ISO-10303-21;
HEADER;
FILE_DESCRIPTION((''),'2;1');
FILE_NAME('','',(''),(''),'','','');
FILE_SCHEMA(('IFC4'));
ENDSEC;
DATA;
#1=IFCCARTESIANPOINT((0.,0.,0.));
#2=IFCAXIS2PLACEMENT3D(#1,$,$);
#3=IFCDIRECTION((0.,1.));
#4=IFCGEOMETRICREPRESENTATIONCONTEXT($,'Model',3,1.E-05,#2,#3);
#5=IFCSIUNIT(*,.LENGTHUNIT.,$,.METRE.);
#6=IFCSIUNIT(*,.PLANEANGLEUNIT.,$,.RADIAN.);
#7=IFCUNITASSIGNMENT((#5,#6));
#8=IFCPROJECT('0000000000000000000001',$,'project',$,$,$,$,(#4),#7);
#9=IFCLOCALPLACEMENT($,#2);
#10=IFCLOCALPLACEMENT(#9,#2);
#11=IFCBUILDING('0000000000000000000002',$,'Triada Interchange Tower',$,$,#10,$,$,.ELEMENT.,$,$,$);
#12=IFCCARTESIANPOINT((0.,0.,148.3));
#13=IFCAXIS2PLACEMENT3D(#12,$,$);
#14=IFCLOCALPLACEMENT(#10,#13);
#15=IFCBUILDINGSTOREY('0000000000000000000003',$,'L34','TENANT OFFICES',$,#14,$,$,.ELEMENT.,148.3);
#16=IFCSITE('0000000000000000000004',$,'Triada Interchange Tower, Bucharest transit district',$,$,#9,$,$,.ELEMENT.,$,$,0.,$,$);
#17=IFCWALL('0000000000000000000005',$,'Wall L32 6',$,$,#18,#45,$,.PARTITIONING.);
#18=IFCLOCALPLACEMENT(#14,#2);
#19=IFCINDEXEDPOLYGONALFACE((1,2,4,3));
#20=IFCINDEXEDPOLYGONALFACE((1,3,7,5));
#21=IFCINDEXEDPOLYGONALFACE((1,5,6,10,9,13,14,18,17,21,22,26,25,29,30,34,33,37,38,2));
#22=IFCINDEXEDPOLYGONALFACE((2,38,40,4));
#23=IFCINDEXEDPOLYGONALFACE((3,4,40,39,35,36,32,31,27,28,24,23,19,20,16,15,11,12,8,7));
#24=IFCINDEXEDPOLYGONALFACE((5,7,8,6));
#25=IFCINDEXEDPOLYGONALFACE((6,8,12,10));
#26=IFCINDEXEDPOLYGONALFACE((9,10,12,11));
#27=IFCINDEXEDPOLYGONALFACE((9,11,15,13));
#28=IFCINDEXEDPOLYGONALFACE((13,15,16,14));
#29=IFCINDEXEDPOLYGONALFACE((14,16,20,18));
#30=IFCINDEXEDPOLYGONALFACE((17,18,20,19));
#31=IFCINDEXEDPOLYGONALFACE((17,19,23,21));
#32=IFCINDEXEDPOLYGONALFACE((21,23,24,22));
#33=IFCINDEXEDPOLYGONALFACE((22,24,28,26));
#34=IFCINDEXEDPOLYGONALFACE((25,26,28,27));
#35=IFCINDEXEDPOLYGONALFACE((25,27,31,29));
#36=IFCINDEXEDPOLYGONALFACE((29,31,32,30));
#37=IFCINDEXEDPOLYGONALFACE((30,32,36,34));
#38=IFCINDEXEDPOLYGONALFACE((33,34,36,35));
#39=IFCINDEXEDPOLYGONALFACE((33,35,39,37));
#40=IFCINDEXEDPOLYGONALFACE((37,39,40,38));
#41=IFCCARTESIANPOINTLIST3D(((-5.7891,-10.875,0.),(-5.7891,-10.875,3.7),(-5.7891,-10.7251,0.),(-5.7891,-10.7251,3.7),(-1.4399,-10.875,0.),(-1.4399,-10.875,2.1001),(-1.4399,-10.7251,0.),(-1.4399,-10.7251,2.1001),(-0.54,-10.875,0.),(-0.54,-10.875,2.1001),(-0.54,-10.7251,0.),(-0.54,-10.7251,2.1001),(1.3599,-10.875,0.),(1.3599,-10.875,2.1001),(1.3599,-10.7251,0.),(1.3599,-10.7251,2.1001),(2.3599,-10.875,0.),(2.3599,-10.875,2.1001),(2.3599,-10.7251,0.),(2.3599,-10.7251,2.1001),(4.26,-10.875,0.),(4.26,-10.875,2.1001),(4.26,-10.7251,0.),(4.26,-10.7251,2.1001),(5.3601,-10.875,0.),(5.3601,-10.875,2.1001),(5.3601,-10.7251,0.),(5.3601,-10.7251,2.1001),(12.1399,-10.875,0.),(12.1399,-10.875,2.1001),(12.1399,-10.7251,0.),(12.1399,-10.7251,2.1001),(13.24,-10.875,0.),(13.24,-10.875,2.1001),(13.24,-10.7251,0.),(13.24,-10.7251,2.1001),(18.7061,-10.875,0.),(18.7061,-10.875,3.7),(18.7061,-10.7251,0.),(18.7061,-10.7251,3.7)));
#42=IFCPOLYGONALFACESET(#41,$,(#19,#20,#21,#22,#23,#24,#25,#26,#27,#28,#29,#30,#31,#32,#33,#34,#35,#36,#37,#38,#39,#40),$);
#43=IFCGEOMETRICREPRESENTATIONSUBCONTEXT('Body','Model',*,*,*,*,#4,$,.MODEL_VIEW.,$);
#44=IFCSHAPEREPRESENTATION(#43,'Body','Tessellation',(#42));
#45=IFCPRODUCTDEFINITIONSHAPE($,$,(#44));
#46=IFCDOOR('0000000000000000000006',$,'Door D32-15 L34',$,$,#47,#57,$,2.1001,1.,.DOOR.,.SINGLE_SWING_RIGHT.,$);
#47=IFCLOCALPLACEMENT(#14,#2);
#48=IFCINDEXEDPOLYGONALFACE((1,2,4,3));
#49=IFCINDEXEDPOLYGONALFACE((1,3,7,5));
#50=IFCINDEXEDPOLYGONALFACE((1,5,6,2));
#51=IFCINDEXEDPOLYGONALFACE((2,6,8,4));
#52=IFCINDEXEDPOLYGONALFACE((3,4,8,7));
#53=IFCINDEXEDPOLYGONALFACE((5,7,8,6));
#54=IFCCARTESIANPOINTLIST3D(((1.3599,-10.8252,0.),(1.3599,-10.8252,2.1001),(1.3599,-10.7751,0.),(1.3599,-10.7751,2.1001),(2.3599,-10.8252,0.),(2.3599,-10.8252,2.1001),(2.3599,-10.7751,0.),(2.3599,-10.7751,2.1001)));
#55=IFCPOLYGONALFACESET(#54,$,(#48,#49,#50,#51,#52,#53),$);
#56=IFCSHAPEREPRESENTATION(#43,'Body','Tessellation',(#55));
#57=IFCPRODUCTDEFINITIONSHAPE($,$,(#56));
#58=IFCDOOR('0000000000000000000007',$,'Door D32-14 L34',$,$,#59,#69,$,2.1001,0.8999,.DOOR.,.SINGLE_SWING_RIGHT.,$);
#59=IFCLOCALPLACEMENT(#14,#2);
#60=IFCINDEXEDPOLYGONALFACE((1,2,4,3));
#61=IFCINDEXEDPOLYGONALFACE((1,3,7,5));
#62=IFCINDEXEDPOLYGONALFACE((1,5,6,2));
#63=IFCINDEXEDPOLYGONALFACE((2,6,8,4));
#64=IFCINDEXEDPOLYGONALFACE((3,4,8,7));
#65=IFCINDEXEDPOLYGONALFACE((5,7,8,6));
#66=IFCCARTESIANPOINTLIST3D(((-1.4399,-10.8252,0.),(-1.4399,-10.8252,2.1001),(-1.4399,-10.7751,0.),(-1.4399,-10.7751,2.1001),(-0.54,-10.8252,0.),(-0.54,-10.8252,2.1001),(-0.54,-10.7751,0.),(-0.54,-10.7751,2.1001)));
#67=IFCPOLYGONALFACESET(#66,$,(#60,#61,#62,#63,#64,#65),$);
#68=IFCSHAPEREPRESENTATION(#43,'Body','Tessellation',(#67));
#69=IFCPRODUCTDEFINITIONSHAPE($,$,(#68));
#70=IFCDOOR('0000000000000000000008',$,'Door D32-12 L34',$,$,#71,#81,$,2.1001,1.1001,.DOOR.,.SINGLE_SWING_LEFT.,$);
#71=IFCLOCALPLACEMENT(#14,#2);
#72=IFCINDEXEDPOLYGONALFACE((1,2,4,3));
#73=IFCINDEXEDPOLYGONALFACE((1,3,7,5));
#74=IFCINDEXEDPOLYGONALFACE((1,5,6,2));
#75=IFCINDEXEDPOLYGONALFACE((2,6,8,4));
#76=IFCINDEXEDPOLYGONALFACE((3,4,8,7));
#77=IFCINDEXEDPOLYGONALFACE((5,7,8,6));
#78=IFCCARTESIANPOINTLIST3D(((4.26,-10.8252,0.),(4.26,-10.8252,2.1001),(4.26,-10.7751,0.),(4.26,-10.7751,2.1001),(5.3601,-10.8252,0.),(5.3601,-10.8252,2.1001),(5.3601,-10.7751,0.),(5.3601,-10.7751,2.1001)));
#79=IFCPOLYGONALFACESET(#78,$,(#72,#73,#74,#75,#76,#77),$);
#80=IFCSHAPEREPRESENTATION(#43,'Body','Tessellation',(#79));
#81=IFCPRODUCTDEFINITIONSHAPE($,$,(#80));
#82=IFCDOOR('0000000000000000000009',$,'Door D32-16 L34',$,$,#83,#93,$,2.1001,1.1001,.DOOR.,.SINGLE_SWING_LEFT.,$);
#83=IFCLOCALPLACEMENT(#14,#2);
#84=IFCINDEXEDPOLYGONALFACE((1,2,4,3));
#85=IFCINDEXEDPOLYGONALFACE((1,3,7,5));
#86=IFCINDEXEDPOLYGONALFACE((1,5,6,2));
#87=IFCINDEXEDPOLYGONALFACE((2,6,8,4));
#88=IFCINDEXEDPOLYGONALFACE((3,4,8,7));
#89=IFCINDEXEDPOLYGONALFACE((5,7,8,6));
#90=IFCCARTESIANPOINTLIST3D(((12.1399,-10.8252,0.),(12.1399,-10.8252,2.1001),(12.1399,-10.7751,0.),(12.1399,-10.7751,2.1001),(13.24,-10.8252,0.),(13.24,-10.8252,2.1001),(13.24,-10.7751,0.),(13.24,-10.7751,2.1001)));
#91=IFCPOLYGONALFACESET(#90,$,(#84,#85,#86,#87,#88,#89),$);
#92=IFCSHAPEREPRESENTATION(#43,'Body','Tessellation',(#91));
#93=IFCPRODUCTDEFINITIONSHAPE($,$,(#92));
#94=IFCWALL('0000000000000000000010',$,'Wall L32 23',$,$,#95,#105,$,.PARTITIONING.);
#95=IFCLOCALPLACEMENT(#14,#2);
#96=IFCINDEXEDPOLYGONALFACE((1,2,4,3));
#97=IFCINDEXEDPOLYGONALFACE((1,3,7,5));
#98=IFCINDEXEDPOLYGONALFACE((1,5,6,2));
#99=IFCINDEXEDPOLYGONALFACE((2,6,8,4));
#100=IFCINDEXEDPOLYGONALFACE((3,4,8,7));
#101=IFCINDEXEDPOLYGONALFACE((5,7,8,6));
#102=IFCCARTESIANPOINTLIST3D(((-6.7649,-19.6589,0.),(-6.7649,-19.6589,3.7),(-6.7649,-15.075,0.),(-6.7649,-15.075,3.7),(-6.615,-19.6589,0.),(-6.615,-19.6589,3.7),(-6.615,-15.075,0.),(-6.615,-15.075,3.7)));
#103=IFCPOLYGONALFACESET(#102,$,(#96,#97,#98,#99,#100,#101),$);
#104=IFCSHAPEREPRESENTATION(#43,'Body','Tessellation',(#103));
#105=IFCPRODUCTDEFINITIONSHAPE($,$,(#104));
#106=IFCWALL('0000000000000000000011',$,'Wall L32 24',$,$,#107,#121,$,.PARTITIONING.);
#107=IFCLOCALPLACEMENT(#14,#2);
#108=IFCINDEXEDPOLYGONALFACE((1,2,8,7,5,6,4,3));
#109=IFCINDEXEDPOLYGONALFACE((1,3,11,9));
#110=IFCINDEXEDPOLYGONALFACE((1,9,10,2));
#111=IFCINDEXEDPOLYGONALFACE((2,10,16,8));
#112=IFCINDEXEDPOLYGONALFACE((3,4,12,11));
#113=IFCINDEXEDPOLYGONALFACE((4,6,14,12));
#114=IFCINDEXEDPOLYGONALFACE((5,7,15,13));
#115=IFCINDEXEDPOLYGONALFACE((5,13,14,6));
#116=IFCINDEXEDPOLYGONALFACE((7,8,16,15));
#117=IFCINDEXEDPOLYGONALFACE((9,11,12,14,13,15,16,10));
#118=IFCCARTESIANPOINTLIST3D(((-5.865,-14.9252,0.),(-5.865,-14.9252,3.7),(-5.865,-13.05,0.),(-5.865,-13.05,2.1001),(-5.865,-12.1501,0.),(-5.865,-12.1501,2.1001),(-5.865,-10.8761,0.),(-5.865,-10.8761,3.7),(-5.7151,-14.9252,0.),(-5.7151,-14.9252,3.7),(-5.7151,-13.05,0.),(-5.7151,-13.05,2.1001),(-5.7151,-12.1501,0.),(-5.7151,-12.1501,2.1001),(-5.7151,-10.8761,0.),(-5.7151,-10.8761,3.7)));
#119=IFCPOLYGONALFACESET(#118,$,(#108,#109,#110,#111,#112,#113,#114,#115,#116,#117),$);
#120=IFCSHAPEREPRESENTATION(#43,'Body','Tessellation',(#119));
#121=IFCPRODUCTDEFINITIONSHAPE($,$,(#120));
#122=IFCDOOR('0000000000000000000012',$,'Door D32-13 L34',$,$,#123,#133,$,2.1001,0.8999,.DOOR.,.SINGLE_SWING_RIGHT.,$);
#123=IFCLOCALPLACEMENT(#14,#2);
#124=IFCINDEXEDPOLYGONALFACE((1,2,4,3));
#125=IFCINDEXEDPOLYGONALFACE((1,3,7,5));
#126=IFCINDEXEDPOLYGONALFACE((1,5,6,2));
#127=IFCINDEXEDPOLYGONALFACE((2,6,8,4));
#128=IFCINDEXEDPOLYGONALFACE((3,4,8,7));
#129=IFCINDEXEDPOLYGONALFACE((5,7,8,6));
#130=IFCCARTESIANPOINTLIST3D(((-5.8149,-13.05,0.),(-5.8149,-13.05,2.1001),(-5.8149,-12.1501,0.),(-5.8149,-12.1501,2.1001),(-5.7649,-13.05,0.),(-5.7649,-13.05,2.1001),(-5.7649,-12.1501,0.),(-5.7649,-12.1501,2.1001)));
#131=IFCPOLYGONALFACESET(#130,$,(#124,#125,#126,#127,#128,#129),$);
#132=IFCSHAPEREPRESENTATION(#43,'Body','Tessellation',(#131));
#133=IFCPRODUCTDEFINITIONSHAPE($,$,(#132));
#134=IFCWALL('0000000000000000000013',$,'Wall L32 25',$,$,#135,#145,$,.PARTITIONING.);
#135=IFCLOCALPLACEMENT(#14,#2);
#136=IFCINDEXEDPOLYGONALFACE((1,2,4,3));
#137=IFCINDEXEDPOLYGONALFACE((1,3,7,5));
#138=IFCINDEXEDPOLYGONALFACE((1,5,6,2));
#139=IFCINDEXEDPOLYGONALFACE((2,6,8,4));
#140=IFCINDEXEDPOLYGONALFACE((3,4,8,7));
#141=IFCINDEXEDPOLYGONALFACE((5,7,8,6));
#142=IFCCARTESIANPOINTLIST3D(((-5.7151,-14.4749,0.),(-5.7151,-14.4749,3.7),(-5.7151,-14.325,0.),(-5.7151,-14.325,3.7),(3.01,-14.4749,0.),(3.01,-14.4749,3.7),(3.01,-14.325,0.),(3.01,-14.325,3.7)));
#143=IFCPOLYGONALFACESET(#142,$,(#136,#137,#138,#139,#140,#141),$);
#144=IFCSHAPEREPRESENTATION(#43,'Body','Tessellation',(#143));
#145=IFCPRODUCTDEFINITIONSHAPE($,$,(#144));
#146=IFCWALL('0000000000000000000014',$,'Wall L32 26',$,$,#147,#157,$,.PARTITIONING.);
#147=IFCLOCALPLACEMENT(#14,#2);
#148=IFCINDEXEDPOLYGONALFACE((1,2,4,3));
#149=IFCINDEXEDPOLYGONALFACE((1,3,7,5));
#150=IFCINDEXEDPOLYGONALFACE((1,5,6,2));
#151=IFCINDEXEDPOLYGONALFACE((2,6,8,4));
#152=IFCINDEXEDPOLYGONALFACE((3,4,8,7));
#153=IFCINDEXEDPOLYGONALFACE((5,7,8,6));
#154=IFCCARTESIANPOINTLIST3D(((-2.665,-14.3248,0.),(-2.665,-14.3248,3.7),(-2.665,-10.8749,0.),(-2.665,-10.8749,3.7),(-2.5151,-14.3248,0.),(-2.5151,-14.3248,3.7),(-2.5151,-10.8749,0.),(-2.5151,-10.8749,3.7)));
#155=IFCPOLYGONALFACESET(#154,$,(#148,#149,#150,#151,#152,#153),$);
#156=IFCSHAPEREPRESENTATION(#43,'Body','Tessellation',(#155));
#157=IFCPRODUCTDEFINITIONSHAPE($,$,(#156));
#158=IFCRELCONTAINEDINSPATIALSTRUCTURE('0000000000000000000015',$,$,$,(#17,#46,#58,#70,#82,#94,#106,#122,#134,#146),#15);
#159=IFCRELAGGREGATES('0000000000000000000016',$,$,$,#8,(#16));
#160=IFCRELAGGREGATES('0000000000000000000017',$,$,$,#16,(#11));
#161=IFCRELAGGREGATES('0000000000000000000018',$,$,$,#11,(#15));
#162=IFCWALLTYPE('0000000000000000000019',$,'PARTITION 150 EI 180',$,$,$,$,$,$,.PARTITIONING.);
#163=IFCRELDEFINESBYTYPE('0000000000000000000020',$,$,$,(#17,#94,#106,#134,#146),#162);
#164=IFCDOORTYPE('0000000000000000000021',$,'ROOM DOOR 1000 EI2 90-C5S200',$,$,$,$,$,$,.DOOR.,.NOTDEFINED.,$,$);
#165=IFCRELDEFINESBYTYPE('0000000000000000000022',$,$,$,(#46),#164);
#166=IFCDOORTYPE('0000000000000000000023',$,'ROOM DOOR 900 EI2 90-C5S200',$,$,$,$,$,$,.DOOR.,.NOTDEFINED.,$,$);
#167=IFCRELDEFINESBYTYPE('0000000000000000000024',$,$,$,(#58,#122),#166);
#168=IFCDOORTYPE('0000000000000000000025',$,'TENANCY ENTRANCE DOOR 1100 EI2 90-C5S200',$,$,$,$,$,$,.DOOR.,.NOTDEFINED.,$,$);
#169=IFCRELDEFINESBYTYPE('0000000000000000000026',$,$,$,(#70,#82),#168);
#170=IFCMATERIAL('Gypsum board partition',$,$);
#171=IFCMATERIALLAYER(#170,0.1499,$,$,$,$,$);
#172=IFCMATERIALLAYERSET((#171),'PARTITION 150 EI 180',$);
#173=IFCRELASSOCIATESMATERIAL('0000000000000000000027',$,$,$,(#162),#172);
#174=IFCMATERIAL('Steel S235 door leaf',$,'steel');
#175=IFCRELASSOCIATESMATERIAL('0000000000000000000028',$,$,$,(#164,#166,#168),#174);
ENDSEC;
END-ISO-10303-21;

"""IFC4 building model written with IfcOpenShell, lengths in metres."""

from ifc_helpers import new_model, si_unit, direction, frame, frame_2d, origin, place, context, subcontext, project, spatial, rectangle, extrude, material, layer, layer_set, type_object, element, fill, save


model = new_model("IFC4")

# Units and contexts
model_context = context("Model", 3, precision=1e-05, world=origin(), true_north=direction((0.0, 1.0)))
body_context = subcontext(model_context, "Body", "Model", "MODEL_VIEW")
ifc_project = project(units=[si_unit("LENGTHUNIT", "METRE"), si_unit("PLANEANGLEUNIT", "RADIAN")], contexts=[model_context])

# Site, building, storey
site_placement = place(None, origin())
site = spatial("IfcSite", under=ifc_project, at=site_placement, Name="Triada Interchange Tower, Bucharest transit district", CompositionType="ELEMENT", RefElevation=0.0)
building_placement = place(site_placement, origin())
building = spatial("IfcBuilding", under=site, at=building_placement, Name="Triada Interchange Tower", CompositionType="ELEMENT")
storey_placement = place(building_placement, frame((0.0, 0.0, 148.3)))
storey = spatial("IfcBuildingStorey", under=building, at=storey_placement, Name="L34", Description="TENANT OFFICES", CompositionType="ELEMENT", Elevation=148.3)

# Shared definitions
ifc_material_1 = material(Name="Gypsum board partition")
ifc_layer_1 = layer(ifc_material_1, 0.1499)
ifc_layer_set_1 = layer_set([ifc_layer_1], Name="PARTITION 150 EI 180")
wall_type = type_object("IfcWallType", Name="PARTITION 150 EI 180", PredefinedType="PARTITIONING", material=ifc_layer_set_1)

# Wall, openings, doors
wall_1_placement = place(storey_placement, frame((-5.7891, -10.8, 0.0), z_axis=(0.0, 0.0, 1.0), x_axis=(1.0, 0.0, 0.0)))
wall_1 = element("IfcWall", 1, at=wall_1_placement, inside=storey, type_object=wall_type, Name="Wall L32 6", PredefinedType="PARTITIONING", context=body_context, shape_type="SweptSolid", body=[
    extrude(rectangle(XDim=24.4951, YDim=0.1499, at=frame_2d((12.2476, 0.0))), origin(), (0.0, 0.0, 1.0), 3.7),
])
opening_1_placement = place(wall_1_placement, frame((10.0491, 0.0, 0.0)))
opening_1 = element("IfcOpeningElement", 2, at=opening_1_placement, cuts=wall_1, PredefinedType="OPENING", context=body_context, shape_type="SweptSolid", body=[
    extrude(rectangle(XDim=1.1001, YDim=2.1001, at=frame_2d((0.55, 1.05))), frame((0.0, 0.085, 0.0), z_axis=(0.0, -1.0, 0.0), x_axis=(1.0, 0.0, 0.0)), (0.0, 0.0, 1.0), 0.1699),
])
opening_2_placement = place(wall_1_placement, frame((4.3491, 0.0, 0.0)))
opening_2 = element("IfcOpeningElement", 3, at=opening_2_placement, cuts=wall_1, PredefinedType="OPENING", context=body_context, shape_type="SweptSolid", body=[
    extrude(rectangle(XDim=0.8999, YDim=2.1001, at=frame_2d((0.45, 1.05))), frame((0.0, 0.085, 0.0), z_axis=(0.0, -1.0, 0.0), x_axis=(1.0, 0.0, 0.0)), (0.0, 0.0, 1.0), 0.1699),
])
opening_3_placement = place(wall_1_placement, frame((7.1489, 0.0, 0.0)))
opening_3 = element("IfcOpeningElement", 4, at=opening_3_placement, cuts=wall_1, PredefinedType="OPENING", context=body_context, shape_type="SweptSolid", body=[
    extrude(rectangle(XDim=1.0, YDim=2.1001, at=frame_2d((0.5, 1.05))), frame((0.0, 0.085, 0.0), z_axis=(0.0, -1.0, 0.0), x_axis=(1.0, 0.0, 0.0)), (0.0, 0.0, 1.0), 0.1699),
])
opening_4_placement = place(wall_1_placement, frame((17.929, 0.0, 0.0)))
opening_4 = element("IfcOpeningElement", 5, at=opening_4_placement, cuts=wall_1, PredefinedType="OPENING", context=body_context, shape_type="SweptSolid", body=[
    extrude(rectangle(XDim=1.1001, YDim=2.1001, at=frame_2d((0.55, 1.05))), frame((0.0, 0.085, 0.0), z_axis=(0.0, -1.0, 0.0), x_axis=(1.0, 0.0, 0.0)), (0.0, 0.0, 1.0), 0.1699),
])
ifc_material_2 = material(Name="Steel S235 door leaf", Category="steel")
door_type_1 = type_object("IfcDoorType", Name="ROOM DOOR 1000 EI2 90-C5S200", OperationType="NOTDEFINED", PredefinedType="DOOR", material=ifc_material_2)
door_1_placement = place(opening_3_placement, origin())
door_1 = element("IfcDoor", 6, at=door_1_placement, inside=storey, type_object=door_type_1, Name="Door D32-15 L34", OperationType="SINGLE_SWING_RIGHT", OverallHeight=2.1001, OverallWidth=1.0, PredefinedType="DOOR", context=body_context, shape_type="SweptSolid", body=[
    extrude(rectangle(XDim=1.0, YDim=2.1001, at=frame_2d((0.5, 1.05))), frame((0.0, 0.0249, 0.0), z_axis=(0.0, -1.0, 0.0), x_axis=(1.0, 0.0, 0.0)), (0.0, 0.0, 1.0), 0.05),
])
fill(opening_3, door_1)
door_type_2 = type_object("IfcDoorType", Name="ROOM DOOR 900 EI2 90-C5S200", OperationType="NOTDEFINED", PredefinedType="DOOR", material=ifc_material_2)
door_2_placement = place(opening_2_placement, origin())
door_2 = element("IfcDoor", 7, at=door_2_placement, inside=storey, type_object=door_type_2, Name="Door D32-14 L34", OperationType="SINGLE_SWING_RIGHT", OverallHeight=2.1001, OverallWidth=0.8999, PredefinedType="DOOR", context=body_context, shape_type="SweptSolid", body=[
    extrude(rectangle(XDim=0.8999, YDim=2.1001, at=frame_2d((0.45, 1.05))), frame((0.0, 0.0249, 0.0), z_axis=(0.0, -1.0, 0.0), x_axis=(1.0, 0.0, 0.0)), (0.0, 0.0, 1.0), 0.05),
])
fill(opening_2, door_2)
door_type_3 = type_object("IfcDoorType", Name="TENANCY ENTRANCE DOOR 1100 EI2 90-C5S200", OperationType="NOTDEFINED", PredefinedType="DOOR", material=ifc_material_2)
door_3_placement = place(opening_1_placement, origin())
door_3 = element("IfcDoor", 8, at=door_3_placement, inside=storey, type_object=door_type_3, Name="Door D32-12 L34", OperationType="SINGLE_SWING_LEFT", OverallHeight=2.1001, OverallWidth=1.1001, PredefinedType="DOOR", context=body_context, shape_type="SweptSolid", body=[
    extrude(rectangle(XDim=1.1001, YDim=2.1001, at=frame_2d((0.55, 1.05))), frame((0.0, 0.0249, 0.0), z_axis=(0.0, -1.0, 0.0), x_axis=(1.0, 0.0, 0.0)), (0.0, 0.0, 1.0), 0.05),
])
fill(opening_1, door_3)
door_4_placement = place(opening_4_placement, origin())
door_4 = element("IfcDoor", 9, at=door_4_placement, inside=storey, type_object=door_type_3, Name="Door D32-16 L34", OperationType="SINGLE_SWING_LEFT", OverallHeight=2.1001, OverallWidth=1.1001, PredefinedType="DOOR", context=body_context, shape_type="SweptSolid", body=[
    extrude(rectangle(XDim=1.1001, YDim=2.1001, at=frame_2d((0.55, 1.05))), frame((0.0, 0.0249, 0.0), z_axis=(0.0, -1.0, 0.0), x_axis=(1.0, 0.0, 0.0)), (0.0, 0.0, 1.0), 0.05),
])
fill(opening_4, door_4)

# Wall
wall_2_placement = place(storey_placement, frame((-6.6899, -19.6589, 0.0), z_axis=(0.0, 0.0, 1.0), x_axis=(0.0, 1.0, 0.0)))
element("IfcWall", 10, at=wall_2_placement, inside=storey, type_object=wall_type, Name="Wall L32 23", PredefinedType="PARTITIONING", context=body_context, shape_type="SweptSolid", body=[
    extrude(rectangle(XDim=4.584, YDim=0.1499, at=frame_2d((2.292, 0.0))), origin(), (0.0, 0.0, 1.0), 3.7),
])

# Wall, opening, door
wall_3_placement = place(storey_placement, frame((-5.79, -14.925, 0.0), z_axis=(0.0, 0.0, 1.0), x_axis=(0.0, 1.0, 0.0)))
wall_3 = element("IfcWall", 11, at=wall_3_placement, inside=storey, type_object=wall_type, Name="Wall L32 24", PredefinedType="PARTITIONING", context=body_context, shape_type="SweptSolid", body=[
    extrude(rectangle(XDim=4.0491, YDim=0.1499, at=frame_2d((2.0244, 0.0))), origin(), (0.0, 0.0, 1.0), 3.7),
])
opening_5_placement = place(wall_3_placement, frame((1.875, 0.0, 0.0)))
opening_5 = element("IfcOpeningElement", 12, at=opening_5_placement, cuts=wall_3, PredefinedType="OPENING", context=body_context, shape_type="SweptSolid", body=[
    extrude(rectangle(XDim=0.8999, YDim=2.1001, at=frame_2d((0.45, 1.05))), frame((0.0, 0.085, 0.0), z_axis=(0.0, -1.0, 0.0), x_axis=(1.0, 0.0, 0.0)), (0.0, 0.0, 1.0), 0.1699),
])
door_5_placement = place(opening_5_placement, origin())
door_5 = element("IfcDoor", 13, at=door_5_placement, inside=storey, type_object=door_type_2, Name="Door D32-13 L34", OperationType="SINGLE_SWING_RIGHT", OverallHeight=2.1001, OverallWidth=0.8999, PredefinedType="DOOR", context=body_context, shape_type="SweptSolid", body=[
    extrude(rectangle(XDim=0.8999, YDim=2.1001, at=frame_2d((0.45, 1.05))), frame((0.0, 0.0249, 0.0), z_axis=(0.0, -1.0, 0.0), x_axis=(1.0, 0.0, 0.0)), (0.0, 0.0, 1.0), 0.05),
])
fill(opening_5, door_5)

# Walls
wall_4_placement = place(storey_placement, frame((-5.7151, -14.3999, 0.0), z_axis=(0.0, 0.0, 1.0), x_axis=(1.0, 0.0, 0.0)))
element("IfcWall", 14, at=wall_4_placement, inside=storey, type_object=wall_type, Name="Wall L32 25", PredefinedType="PARTITIONING", context=body_context, shape_type="SweptSolid", body=[
    extrude(rectangle(XDim=8.7251, YDim=0.1499, at=frame_2d((4.3625, 0.0))), origin(), (0.0, 0.0, 1.0), 3.7),
])
wall_5_placement = place(storey_placement, frame((-2.5901, -14.325, 0.0), z_axis=(0.0, 0.0, 1.0), x_axis=(0.0, 1.0, 0.0)))
element("IfcWall", 15, at=wall_5_placement, inside=storey, type_object=wall_type, Name="Wall L32 26", PredefinedType="PARTITIONING", context=body_context, shape_type="SweptSolid", body=[
    extrude(rectangle(XDim=3.45, YDim=0.1499, at=frame_2d((1.7251, 0.0))), origin(), (0.0, 0.0, 1.0), 3.7),
])

save(model, "model.ifc")
